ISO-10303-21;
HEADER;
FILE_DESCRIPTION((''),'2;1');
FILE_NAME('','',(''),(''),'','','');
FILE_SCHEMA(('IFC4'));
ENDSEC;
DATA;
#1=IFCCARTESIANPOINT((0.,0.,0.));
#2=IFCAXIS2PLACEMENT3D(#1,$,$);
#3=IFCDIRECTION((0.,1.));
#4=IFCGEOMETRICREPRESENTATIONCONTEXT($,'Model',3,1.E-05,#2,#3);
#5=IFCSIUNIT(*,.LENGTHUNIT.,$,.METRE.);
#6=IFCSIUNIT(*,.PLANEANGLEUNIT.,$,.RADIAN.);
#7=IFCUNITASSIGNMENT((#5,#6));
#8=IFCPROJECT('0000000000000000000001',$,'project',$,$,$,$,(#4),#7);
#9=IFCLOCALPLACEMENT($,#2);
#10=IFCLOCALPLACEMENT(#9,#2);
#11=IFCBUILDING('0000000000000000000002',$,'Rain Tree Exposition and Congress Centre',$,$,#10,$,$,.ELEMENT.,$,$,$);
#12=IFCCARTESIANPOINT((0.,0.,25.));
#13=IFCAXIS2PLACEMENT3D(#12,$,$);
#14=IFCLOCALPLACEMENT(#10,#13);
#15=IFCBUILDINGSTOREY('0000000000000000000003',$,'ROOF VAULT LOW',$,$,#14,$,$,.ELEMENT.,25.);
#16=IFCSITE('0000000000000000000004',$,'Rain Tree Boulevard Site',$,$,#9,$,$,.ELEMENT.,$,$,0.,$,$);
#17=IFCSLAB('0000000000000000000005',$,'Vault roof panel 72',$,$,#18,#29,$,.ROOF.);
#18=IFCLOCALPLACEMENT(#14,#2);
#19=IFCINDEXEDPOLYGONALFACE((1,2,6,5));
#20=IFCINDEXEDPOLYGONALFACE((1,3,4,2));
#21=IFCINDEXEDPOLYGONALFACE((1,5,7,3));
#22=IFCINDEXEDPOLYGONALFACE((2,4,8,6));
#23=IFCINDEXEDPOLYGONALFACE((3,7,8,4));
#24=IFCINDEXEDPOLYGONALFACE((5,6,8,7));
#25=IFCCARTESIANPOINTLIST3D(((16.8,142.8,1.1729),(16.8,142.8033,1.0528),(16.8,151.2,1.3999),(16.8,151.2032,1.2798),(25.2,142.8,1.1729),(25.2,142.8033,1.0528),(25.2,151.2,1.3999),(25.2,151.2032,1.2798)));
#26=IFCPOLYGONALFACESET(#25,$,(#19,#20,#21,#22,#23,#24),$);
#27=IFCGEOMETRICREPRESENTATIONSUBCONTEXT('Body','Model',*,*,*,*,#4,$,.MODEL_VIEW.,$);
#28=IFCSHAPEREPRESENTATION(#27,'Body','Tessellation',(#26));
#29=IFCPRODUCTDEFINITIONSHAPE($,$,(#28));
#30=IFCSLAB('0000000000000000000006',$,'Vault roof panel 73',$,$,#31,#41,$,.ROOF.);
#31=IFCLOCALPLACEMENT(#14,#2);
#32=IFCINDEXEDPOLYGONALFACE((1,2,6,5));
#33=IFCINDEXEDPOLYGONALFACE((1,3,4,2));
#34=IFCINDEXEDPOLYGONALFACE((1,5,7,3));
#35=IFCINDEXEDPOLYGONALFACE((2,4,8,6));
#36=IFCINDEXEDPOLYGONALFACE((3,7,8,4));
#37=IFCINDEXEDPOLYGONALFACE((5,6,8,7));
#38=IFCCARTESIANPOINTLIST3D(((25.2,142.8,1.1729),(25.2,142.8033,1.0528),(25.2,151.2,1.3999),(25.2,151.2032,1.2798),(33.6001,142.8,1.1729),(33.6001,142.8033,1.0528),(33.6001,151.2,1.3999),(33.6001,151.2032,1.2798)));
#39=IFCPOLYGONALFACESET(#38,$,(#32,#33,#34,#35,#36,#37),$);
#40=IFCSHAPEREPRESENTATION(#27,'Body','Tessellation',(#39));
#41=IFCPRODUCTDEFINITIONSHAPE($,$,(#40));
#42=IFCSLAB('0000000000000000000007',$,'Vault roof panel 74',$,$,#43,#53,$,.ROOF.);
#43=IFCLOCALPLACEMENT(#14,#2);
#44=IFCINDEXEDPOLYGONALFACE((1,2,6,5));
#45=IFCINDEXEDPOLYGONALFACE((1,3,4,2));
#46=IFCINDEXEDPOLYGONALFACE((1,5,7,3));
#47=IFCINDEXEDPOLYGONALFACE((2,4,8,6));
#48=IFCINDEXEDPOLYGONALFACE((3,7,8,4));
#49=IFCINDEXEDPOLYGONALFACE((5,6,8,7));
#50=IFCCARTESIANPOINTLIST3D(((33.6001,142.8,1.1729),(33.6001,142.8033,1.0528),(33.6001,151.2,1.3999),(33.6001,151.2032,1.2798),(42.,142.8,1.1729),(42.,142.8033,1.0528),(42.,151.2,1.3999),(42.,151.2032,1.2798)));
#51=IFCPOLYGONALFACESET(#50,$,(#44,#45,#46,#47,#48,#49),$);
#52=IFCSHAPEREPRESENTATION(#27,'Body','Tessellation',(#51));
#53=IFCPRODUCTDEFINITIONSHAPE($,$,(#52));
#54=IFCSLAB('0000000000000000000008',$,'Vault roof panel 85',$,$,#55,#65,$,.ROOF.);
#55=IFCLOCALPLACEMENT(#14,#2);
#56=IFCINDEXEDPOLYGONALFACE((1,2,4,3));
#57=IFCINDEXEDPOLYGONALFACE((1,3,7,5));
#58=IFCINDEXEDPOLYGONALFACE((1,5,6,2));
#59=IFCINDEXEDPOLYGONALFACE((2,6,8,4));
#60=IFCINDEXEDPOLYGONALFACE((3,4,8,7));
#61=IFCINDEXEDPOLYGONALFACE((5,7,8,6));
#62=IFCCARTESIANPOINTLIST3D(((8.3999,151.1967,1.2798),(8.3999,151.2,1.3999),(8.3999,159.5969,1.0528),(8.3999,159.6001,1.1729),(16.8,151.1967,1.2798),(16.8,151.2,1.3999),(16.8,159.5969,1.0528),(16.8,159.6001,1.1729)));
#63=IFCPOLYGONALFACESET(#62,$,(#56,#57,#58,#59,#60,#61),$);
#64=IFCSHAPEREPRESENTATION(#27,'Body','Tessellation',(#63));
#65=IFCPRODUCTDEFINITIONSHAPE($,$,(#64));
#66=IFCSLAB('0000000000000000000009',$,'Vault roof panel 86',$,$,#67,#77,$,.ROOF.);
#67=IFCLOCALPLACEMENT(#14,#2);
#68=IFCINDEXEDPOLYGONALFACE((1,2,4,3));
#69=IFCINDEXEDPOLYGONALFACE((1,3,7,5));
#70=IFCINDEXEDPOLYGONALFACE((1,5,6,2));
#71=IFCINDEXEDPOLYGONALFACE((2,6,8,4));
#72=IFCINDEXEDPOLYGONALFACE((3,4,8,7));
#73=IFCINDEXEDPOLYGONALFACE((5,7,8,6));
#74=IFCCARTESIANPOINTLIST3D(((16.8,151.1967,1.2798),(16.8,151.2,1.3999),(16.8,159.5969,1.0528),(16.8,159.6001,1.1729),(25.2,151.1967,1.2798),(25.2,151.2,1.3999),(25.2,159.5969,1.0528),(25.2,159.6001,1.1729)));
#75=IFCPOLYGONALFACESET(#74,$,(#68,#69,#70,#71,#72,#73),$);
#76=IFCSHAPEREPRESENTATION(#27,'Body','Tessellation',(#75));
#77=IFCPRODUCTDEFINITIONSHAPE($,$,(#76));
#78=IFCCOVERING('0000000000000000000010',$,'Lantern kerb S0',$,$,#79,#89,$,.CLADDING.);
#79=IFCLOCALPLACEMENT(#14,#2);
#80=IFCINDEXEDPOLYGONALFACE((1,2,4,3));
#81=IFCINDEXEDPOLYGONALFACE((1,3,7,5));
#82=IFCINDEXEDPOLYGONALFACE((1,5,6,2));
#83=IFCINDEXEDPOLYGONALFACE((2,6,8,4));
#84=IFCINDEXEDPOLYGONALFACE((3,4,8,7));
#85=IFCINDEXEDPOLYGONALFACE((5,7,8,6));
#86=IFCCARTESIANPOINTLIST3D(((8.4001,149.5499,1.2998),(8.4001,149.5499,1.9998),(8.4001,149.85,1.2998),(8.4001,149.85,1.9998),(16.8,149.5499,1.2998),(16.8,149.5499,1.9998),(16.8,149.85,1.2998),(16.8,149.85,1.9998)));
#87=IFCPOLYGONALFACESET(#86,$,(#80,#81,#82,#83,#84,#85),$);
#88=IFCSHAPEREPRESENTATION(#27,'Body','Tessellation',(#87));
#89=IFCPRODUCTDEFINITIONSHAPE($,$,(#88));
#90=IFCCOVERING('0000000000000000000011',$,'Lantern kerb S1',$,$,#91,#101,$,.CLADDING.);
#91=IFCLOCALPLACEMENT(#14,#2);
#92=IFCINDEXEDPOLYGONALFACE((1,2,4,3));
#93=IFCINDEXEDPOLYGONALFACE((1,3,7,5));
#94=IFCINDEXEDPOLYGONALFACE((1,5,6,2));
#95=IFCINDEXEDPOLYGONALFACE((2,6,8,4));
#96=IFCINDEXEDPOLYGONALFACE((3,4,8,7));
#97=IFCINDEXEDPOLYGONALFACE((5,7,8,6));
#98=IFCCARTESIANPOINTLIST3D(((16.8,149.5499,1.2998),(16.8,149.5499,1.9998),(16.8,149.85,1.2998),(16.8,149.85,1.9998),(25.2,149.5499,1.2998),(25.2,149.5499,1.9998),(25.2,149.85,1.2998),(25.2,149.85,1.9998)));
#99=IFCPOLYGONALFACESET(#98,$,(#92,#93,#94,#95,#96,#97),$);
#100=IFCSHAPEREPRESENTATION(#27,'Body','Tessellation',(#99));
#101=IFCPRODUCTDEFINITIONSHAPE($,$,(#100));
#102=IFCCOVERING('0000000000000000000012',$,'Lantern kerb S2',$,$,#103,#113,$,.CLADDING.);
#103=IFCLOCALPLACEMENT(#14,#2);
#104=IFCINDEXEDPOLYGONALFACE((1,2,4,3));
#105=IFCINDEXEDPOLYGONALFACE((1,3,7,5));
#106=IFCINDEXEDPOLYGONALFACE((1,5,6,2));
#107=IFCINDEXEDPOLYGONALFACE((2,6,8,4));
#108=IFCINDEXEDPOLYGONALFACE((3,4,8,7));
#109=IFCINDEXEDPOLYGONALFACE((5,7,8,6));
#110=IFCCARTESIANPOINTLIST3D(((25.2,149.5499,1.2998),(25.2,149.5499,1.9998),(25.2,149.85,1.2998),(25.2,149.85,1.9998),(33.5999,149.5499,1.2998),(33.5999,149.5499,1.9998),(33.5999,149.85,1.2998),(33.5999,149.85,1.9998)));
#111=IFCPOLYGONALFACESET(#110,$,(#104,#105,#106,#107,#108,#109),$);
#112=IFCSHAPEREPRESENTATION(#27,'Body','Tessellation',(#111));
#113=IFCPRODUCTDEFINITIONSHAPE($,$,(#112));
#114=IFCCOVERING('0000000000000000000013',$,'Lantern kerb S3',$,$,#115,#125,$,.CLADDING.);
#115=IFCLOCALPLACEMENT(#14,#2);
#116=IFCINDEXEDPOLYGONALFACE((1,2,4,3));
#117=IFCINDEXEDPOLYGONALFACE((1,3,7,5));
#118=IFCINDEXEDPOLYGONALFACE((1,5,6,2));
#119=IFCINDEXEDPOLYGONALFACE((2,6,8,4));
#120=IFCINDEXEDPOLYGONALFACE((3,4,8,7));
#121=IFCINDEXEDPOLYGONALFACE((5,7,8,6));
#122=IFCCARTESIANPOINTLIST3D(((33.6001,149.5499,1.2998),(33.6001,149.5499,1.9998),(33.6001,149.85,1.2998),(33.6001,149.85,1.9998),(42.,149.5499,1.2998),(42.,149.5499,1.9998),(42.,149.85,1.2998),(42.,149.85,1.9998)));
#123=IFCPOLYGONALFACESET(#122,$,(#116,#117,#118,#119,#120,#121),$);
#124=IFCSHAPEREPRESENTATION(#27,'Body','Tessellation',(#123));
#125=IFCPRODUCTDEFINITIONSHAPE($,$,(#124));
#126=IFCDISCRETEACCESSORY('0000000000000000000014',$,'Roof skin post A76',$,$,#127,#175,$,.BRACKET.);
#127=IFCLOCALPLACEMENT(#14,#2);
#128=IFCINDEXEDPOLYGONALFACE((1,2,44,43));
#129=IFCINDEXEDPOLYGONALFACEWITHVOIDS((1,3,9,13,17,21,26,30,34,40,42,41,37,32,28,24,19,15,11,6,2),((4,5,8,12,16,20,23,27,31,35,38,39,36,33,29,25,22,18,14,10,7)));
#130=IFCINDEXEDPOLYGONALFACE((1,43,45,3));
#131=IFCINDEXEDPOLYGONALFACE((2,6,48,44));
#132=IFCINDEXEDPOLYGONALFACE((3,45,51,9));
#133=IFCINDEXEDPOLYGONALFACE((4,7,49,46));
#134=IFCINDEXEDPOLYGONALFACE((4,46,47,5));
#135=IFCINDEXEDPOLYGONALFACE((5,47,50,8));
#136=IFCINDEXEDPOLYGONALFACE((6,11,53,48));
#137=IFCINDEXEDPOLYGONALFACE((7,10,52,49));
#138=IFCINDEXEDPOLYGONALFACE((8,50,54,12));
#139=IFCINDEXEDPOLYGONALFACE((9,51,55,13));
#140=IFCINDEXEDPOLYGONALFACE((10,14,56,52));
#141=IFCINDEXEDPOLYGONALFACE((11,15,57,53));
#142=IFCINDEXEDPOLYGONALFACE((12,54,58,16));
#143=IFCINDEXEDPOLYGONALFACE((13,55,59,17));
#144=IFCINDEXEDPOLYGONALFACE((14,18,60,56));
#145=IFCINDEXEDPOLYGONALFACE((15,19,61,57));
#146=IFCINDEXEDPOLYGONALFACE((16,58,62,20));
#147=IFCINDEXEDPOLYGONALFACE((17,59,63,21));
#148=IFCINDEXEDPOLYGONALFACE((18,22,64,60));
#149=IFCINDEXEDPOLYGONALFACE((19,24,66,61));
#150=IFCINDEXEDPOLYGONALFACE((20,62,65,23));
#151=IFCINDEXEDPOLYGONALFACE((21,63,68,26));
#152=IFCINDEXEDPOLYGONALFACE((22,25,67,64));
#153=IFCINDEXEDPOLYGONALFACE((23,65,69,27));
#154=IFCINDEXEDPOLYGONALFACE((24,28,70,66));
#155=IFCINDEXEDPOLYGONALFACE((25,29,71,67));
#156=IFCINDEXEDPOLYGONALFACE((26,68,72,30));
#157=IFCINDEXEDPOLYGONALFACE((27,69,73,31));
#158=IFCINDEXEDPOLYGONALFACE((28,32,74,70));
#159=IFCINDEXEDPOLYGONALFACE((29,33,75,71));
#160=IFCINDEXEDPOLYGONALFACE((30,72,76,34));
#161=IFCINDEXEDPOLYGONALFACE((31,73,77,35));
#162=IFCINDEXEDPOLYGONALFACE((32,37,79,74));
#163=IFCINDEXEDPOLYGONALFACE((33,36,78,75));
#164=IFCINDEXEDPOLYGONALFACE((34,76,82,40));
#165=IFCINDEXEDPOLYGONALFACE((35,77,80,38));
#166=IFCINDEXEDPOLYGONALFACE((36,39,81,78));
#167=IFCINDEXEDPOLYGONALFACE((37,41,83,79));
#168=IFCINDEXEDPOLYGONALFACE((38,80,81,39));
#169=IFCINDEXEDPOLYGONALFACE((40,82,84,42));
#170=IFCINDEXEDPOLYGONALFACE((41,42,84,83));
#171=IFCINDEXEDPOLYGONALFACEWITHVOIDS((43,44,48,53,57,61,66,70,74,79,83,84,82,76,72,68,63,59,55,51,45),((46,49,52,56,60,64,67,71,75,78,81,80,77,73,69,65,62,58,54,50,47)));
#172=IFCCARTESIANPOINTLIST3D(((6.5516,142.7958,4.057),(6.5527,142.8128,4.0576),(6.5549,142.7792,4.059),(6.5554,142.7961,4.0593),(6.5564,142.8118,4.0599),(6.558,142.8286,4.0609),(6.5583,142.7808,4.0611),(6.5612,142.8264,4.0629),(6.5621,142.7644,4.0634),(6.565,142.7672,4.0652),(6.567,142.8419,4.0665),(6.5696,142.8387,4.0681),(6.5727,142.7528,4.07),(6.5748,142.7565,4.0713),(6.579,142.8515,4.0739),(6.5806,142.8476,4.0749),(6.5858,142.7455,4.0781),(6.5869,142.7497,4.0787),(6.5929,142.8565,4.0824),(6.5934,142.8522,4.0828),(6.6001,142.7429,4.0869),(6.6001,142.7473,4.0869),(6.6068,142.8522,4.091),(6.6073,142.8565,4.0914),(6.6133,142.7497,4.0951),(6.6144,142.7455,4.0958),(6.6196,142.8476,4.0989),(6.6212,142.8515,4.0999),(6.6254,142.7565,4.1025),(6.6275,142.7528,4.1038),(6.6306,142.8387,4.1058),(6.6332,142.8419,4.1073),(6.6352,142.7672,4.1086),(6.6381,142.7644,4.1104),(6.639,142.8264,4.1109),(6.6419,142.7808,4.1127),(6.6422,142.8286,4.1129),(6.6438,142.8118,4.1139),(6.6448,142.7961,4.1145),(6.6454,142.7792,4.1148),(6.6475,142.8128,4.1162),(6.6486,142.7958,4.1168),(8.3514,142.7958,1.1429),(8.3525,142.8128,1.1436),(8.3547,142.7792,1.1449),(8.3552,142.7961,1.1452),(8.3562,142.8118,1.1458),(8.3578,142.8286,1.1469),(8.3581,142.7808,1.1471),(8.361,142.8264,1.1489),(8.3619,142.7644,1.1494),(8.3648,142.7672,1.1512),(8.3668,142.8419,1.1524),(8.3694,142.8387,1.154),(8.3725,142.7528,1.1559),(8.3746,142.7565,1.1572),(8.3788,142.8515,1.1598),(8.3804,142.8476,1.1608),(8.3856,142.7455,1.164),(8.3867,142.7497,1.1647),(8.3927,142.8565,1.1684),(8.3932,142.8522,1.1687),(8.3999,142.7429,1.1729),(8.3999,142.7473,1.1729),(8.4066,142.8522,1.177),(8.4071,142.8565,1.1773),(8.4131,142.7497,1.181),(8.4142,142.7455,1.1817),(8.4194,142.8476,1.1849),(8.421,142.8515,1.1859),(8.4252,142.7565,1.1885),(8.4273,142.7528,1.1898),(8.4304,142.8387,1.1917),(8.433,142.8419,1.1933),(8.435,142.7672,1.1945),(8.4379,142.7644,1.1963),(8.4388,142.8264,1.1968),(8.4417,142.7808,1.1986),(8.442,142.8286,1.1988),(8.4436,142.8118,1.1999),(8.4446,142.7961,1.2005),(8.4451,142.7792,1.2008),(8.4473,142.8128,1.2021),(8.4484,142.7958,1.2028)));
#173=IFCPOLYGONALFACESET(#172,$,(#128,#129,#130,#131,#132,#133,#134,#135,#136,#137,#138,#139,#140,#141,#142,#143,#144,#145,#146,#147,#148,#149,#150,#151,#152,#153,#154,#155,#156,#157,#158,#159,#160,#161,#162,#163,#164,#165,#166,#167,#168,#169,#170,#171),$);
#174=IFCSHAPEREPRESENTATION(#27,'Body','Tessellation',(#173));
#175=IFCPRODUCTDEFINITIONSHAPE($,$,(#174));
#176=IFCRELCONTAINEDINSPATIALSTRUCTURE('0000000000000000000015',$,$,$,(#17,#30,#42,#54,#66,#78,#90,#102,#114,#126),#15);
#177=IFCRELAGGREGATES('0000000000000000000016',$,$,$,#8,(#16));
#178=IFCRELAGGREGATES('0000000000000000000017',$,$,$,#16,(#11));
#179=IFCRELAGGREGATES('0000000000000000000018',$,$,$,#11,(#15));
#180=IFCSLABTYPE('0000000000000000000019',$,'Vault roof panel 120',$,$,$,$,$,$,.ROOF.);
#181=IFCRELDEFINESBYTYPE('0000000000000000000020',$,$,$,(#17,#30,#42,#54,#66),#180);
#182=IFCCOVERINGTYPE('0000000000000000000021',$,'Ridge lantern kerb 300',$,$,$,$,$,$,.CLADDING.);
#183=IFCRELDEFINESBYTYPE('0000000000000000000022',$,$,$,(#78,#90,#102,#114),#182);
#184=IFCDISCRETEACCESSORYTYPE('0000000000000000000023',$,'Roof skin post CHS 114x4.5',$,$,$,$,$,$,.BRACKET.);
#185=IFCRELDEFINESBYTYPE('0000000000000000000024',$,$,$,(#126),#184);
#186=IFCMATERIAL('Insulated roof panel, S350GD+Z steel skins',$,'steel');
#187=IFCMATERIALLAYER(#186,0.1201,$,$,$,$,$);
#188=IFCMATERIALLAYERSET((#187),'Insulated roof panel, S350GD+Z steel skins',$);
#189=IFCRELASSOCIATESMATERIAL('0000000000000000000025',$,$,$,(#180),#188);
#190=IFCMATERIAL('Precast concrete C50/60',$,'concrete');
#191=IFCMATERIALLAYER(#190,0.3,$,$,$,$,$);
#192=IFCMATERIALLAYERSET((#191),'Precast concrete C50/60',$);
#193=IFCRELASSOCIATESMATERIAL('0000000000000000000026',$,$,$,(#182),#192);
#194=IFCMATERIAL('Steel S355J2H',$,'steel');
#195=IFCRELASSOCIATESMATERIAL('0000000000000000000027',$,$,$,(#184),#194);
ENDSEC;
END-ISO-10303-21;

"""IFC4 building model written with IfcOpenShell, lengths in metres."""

from ifc_helpers import new_model, si_unit, direction, frame, origin, origin_2d, place, context, subcontext, project, spatial, polyline, rectangle, hollow_circle, outline, extrude, material, layer, layer_set, material_profile, profile_set, type_object, element, save


model = new_model("IFC4")

# Units and contexts
model_context = context("Model", 3, precision=1e-05, world=origin(), true_north=direction((0.0, 1.0)))
body_context = subcontext(model_context, "Body", "Model", "MODEL_VIEW")
ifc_project = project(units=[si_unit("LENGTHUNIT", "METRE"), si_unit("PLANEANGLEUNIT", "RADIAN")], contexts=[model_context])

# Site, building, storey
site_placement = place(None, origin())
site = spatial("IfcSite", under=ifc_project, at=site_placement, Name="Rain Tree Boulevard Site", CompositionType="ELEMENT", RefElevation=0.0)
building_placement = place(site_placement, origin())
building = spatial("IfcBuilding", under=site, at=building_placement, Name="Rain Tree Exposition and Congress Centre", CompositionType="ELEMENT")
storey_placement = place(building_placement, frame((0.0, 0.0, 25.0)))
storey = spatial("IfcBuildingStorey", under=building, at=storey_placement, Name="ROOF VAULT LOW", CompositionType="ELEMENT", Elevation=25.0)

# Slabs
ifc_material_1 = material(Name="Insulated roof panel, S350GD+Z steel skins", Category="steel")
ifc_layer_1 = layer(ifc_material_1, 0.1201)
ifc_layer_set_1 = layer_set([ifc_layer_1], Name="Insulated roof panel, S350GD+Z steel skins")
slab_type = type_object("IfcSlabType", Name="Vault roof panel 120", PredefinedType="ROOF", material=ifc_layer_set_1)
slab_1_placement = place(storey_placement, frame((16.8, 142.8, 1.1729), z_axis=(0.0, -0.02702, 0.999635), x_axis=(1.0, 0.0, 0.0)))
element("IfcSlab", 1, at=slab_1_placement, inside=storey, type_object=slab_type, Name="Vault roof panel 72", PredefinedType="ROOF", context=body_context, shape_type="SweptSolid", body=[
    extrude(outline(polyline([(0.0, 0.0), (8.3999, 0.0), (8.3999, 8.403), (0.0, 8.403), (0.0, 0.0)])), origin(), (0.0, 0.0, -1.0), 0.1201),
])
slab_2_placement = place(storey_placement, frame((25.2, 142.8, 1.1729), z_axis=(0.0, -0.02702, 0.999635), x_axis=(1.0, 0.0, 0.0)))
element("IfcSlab", 2, at=slab_2_placement, inside=storey, type_object=slab_type, Name="Vault roof panel 73", PredefinedType="ROOF", context=body_context, shape_type="SweptSolid", body=[
    extrude(outline(polyline([(0.0, 0.0), (8.4001, 0.0), (8.4001, 8.403), (0.0, 8.403), (0.0, 0.0)])), origin(), (0.0, 0.0, -1.0), 0.1201),
])
slab_3_placement = place(storey_placement, frame((33.6001, 142.8, 1.1729), z_axis=(0.0, -0.02702, 0.999635), x_axis=(1.0, 0.0, 0.0)))
element("IfcSlab", 3, at=slab_3_placement, inside=storey, type_object=slab_type, Name="Vault roof panel 74", PredefinedType="ROOF", context=body_context, shape_type="SweptSolid", body=[
    extrude(outline(polyline([(0.0, 0.0), (8.3999, 0.0), (8.3999, 8.403), (0.0, 8.403), (0.0, 0.0)])), origin(), (0.0, 0.0, -1.0), 0.1201),
])
slab_4_placement = place(storey_placement, frame((8.3999, 151.2, 1.3999), z_axis=(0.0, 0.02702, 0.999635), x_axis=(1.0, 0.0, 0.0)))
element("IfcSlab", 4, at=slab_4_placement, inside=storey, type_object=slab_type, Name="Vault roof panel 85", PredefinedType="ROOF", context=body_context, shape_type="SweptSolid", body=[
    extrude(outline(polyline([(0.0, 0.0), (8.4001, 0.0), (8.4001, 8.4032), (0.0, 8.4032), (0.0, 0.0)])), origin(), (0.0, 0.0, -1.0), 0.1201),
])
slab_5_placement = place(storey_placement, frame((16.8, 151.2, 1.3999), z_axis=(0.0, 0.02702, 0.999635), x_axis=(1.0, 0.0, 0.0)))
element("IfcSlab", 5, at=slab_5_placement, inside=storey, type_object=slab_type, Name="Vault roof panel 86", PredefinedType="ROOF", context=body_context, shape_type="SweptSolid", body=[
    extrude(outline(polyline([(0.0, 0.0), (8.3999, 0.0), (8.3999, 8.4032), (0.0, 8.4032), (0.0, 0.0)])), origin(), (0.0, 0.0, -1.0), 0.1201),
])

# Coverings
ifc_material_2 = material(Name="Precast concrete C50/60", Category="concrete")
ifc_layer_2 = layer(ifc_material_2, 0.3)
ifc_layer_set_2 = layer_set([ifc_layer_2], Name="Precast concrete C50/60")
covering_type = type_object("IfcCoveringType", Name="Ridge lantern kerb 300", PredefinedType="CLADDING", material=ifc_layer_set_2)
for number, where, z_axis, x_axis, name in (
    (6, (12.6001, 149.7, 1.2998), (0.0, 0.0, 1.0), (1.0, 0.0, 0.0), "Lantern kerb S0"),
    (7, (21.0, 149.7, 1.2998), (0.0, 0.0, 1.0), (1.0, 0.0, 0.0), "Lantern kerb S1"),
    (8, (29.3999, 149.7, 1.2998), (0.0, 0.0, 1.0), (1.0, 0.0, 0.0), "Lantern kerb S2"),
    (9, (37.8, 149.7, 1.2998), (0.0, 0.0, 1.0), (1.0, 0.0, 0.0), "Lantern kerb S3"),
):
    element("IfcCovering", number, at=place(storey_placement, frame(where, z_axis=z_axis, x_axis=x_axis)), inside=storey, type_object=covering_type, Name=name, PredefinedType="CLADDING", context=body_context, shape_type="SweptSolid", body=[
        extrude(rectangle(XDim=8.3999, YDim=0.3, at=origin_2d()), origin(), (0.0, 0.0, 1.0), 0.7),
    ])

# Discrete accessory
ifc_material_3 = material(Name="Steel S355J2H", Category="steel")
ifc_material_profile_1 = material_profile(ifc_material_3, hollow_circle(Radius=0.0571, WallThickness=0.0044, at=origin_2d()), Name="CHS 114x4.5")
ifc_profile_set_1 = profile_set([ifc_material_profile_1], Name="Steel S355J2H")
discrete_accessory_type_1 = type_object("IfcDiscreteAccessoryType", Name="Roof skin post CHS 114x4.5", PredefinedType="BRACKET", material=ifc_profile_set_1)
discrete_accessory_1_placement = place(storey_placement, frame((8.3999, 142.8, 1.1729), z_axis=(-0.525481, 0.0, 0.850805), x_axis=(0.0, -1.0, 0.0)))
element("IfcDiscreteAccessory", 10, at=discrete_accessory_1_placement, inside=storey, type_object=discrete_accessory_type_1, Name="Roof skin post A76", PredefinedType="BRACKET", context=body_context, shape_type="SweptSolid", body=[
    extrude(hollow_circle(Radius=0.0571, WallThickness=0.0044, at=origin_2d()), origin(), (0.0, 0.0, 1.0), 3.425),
])

save(model, "model.ifc")
